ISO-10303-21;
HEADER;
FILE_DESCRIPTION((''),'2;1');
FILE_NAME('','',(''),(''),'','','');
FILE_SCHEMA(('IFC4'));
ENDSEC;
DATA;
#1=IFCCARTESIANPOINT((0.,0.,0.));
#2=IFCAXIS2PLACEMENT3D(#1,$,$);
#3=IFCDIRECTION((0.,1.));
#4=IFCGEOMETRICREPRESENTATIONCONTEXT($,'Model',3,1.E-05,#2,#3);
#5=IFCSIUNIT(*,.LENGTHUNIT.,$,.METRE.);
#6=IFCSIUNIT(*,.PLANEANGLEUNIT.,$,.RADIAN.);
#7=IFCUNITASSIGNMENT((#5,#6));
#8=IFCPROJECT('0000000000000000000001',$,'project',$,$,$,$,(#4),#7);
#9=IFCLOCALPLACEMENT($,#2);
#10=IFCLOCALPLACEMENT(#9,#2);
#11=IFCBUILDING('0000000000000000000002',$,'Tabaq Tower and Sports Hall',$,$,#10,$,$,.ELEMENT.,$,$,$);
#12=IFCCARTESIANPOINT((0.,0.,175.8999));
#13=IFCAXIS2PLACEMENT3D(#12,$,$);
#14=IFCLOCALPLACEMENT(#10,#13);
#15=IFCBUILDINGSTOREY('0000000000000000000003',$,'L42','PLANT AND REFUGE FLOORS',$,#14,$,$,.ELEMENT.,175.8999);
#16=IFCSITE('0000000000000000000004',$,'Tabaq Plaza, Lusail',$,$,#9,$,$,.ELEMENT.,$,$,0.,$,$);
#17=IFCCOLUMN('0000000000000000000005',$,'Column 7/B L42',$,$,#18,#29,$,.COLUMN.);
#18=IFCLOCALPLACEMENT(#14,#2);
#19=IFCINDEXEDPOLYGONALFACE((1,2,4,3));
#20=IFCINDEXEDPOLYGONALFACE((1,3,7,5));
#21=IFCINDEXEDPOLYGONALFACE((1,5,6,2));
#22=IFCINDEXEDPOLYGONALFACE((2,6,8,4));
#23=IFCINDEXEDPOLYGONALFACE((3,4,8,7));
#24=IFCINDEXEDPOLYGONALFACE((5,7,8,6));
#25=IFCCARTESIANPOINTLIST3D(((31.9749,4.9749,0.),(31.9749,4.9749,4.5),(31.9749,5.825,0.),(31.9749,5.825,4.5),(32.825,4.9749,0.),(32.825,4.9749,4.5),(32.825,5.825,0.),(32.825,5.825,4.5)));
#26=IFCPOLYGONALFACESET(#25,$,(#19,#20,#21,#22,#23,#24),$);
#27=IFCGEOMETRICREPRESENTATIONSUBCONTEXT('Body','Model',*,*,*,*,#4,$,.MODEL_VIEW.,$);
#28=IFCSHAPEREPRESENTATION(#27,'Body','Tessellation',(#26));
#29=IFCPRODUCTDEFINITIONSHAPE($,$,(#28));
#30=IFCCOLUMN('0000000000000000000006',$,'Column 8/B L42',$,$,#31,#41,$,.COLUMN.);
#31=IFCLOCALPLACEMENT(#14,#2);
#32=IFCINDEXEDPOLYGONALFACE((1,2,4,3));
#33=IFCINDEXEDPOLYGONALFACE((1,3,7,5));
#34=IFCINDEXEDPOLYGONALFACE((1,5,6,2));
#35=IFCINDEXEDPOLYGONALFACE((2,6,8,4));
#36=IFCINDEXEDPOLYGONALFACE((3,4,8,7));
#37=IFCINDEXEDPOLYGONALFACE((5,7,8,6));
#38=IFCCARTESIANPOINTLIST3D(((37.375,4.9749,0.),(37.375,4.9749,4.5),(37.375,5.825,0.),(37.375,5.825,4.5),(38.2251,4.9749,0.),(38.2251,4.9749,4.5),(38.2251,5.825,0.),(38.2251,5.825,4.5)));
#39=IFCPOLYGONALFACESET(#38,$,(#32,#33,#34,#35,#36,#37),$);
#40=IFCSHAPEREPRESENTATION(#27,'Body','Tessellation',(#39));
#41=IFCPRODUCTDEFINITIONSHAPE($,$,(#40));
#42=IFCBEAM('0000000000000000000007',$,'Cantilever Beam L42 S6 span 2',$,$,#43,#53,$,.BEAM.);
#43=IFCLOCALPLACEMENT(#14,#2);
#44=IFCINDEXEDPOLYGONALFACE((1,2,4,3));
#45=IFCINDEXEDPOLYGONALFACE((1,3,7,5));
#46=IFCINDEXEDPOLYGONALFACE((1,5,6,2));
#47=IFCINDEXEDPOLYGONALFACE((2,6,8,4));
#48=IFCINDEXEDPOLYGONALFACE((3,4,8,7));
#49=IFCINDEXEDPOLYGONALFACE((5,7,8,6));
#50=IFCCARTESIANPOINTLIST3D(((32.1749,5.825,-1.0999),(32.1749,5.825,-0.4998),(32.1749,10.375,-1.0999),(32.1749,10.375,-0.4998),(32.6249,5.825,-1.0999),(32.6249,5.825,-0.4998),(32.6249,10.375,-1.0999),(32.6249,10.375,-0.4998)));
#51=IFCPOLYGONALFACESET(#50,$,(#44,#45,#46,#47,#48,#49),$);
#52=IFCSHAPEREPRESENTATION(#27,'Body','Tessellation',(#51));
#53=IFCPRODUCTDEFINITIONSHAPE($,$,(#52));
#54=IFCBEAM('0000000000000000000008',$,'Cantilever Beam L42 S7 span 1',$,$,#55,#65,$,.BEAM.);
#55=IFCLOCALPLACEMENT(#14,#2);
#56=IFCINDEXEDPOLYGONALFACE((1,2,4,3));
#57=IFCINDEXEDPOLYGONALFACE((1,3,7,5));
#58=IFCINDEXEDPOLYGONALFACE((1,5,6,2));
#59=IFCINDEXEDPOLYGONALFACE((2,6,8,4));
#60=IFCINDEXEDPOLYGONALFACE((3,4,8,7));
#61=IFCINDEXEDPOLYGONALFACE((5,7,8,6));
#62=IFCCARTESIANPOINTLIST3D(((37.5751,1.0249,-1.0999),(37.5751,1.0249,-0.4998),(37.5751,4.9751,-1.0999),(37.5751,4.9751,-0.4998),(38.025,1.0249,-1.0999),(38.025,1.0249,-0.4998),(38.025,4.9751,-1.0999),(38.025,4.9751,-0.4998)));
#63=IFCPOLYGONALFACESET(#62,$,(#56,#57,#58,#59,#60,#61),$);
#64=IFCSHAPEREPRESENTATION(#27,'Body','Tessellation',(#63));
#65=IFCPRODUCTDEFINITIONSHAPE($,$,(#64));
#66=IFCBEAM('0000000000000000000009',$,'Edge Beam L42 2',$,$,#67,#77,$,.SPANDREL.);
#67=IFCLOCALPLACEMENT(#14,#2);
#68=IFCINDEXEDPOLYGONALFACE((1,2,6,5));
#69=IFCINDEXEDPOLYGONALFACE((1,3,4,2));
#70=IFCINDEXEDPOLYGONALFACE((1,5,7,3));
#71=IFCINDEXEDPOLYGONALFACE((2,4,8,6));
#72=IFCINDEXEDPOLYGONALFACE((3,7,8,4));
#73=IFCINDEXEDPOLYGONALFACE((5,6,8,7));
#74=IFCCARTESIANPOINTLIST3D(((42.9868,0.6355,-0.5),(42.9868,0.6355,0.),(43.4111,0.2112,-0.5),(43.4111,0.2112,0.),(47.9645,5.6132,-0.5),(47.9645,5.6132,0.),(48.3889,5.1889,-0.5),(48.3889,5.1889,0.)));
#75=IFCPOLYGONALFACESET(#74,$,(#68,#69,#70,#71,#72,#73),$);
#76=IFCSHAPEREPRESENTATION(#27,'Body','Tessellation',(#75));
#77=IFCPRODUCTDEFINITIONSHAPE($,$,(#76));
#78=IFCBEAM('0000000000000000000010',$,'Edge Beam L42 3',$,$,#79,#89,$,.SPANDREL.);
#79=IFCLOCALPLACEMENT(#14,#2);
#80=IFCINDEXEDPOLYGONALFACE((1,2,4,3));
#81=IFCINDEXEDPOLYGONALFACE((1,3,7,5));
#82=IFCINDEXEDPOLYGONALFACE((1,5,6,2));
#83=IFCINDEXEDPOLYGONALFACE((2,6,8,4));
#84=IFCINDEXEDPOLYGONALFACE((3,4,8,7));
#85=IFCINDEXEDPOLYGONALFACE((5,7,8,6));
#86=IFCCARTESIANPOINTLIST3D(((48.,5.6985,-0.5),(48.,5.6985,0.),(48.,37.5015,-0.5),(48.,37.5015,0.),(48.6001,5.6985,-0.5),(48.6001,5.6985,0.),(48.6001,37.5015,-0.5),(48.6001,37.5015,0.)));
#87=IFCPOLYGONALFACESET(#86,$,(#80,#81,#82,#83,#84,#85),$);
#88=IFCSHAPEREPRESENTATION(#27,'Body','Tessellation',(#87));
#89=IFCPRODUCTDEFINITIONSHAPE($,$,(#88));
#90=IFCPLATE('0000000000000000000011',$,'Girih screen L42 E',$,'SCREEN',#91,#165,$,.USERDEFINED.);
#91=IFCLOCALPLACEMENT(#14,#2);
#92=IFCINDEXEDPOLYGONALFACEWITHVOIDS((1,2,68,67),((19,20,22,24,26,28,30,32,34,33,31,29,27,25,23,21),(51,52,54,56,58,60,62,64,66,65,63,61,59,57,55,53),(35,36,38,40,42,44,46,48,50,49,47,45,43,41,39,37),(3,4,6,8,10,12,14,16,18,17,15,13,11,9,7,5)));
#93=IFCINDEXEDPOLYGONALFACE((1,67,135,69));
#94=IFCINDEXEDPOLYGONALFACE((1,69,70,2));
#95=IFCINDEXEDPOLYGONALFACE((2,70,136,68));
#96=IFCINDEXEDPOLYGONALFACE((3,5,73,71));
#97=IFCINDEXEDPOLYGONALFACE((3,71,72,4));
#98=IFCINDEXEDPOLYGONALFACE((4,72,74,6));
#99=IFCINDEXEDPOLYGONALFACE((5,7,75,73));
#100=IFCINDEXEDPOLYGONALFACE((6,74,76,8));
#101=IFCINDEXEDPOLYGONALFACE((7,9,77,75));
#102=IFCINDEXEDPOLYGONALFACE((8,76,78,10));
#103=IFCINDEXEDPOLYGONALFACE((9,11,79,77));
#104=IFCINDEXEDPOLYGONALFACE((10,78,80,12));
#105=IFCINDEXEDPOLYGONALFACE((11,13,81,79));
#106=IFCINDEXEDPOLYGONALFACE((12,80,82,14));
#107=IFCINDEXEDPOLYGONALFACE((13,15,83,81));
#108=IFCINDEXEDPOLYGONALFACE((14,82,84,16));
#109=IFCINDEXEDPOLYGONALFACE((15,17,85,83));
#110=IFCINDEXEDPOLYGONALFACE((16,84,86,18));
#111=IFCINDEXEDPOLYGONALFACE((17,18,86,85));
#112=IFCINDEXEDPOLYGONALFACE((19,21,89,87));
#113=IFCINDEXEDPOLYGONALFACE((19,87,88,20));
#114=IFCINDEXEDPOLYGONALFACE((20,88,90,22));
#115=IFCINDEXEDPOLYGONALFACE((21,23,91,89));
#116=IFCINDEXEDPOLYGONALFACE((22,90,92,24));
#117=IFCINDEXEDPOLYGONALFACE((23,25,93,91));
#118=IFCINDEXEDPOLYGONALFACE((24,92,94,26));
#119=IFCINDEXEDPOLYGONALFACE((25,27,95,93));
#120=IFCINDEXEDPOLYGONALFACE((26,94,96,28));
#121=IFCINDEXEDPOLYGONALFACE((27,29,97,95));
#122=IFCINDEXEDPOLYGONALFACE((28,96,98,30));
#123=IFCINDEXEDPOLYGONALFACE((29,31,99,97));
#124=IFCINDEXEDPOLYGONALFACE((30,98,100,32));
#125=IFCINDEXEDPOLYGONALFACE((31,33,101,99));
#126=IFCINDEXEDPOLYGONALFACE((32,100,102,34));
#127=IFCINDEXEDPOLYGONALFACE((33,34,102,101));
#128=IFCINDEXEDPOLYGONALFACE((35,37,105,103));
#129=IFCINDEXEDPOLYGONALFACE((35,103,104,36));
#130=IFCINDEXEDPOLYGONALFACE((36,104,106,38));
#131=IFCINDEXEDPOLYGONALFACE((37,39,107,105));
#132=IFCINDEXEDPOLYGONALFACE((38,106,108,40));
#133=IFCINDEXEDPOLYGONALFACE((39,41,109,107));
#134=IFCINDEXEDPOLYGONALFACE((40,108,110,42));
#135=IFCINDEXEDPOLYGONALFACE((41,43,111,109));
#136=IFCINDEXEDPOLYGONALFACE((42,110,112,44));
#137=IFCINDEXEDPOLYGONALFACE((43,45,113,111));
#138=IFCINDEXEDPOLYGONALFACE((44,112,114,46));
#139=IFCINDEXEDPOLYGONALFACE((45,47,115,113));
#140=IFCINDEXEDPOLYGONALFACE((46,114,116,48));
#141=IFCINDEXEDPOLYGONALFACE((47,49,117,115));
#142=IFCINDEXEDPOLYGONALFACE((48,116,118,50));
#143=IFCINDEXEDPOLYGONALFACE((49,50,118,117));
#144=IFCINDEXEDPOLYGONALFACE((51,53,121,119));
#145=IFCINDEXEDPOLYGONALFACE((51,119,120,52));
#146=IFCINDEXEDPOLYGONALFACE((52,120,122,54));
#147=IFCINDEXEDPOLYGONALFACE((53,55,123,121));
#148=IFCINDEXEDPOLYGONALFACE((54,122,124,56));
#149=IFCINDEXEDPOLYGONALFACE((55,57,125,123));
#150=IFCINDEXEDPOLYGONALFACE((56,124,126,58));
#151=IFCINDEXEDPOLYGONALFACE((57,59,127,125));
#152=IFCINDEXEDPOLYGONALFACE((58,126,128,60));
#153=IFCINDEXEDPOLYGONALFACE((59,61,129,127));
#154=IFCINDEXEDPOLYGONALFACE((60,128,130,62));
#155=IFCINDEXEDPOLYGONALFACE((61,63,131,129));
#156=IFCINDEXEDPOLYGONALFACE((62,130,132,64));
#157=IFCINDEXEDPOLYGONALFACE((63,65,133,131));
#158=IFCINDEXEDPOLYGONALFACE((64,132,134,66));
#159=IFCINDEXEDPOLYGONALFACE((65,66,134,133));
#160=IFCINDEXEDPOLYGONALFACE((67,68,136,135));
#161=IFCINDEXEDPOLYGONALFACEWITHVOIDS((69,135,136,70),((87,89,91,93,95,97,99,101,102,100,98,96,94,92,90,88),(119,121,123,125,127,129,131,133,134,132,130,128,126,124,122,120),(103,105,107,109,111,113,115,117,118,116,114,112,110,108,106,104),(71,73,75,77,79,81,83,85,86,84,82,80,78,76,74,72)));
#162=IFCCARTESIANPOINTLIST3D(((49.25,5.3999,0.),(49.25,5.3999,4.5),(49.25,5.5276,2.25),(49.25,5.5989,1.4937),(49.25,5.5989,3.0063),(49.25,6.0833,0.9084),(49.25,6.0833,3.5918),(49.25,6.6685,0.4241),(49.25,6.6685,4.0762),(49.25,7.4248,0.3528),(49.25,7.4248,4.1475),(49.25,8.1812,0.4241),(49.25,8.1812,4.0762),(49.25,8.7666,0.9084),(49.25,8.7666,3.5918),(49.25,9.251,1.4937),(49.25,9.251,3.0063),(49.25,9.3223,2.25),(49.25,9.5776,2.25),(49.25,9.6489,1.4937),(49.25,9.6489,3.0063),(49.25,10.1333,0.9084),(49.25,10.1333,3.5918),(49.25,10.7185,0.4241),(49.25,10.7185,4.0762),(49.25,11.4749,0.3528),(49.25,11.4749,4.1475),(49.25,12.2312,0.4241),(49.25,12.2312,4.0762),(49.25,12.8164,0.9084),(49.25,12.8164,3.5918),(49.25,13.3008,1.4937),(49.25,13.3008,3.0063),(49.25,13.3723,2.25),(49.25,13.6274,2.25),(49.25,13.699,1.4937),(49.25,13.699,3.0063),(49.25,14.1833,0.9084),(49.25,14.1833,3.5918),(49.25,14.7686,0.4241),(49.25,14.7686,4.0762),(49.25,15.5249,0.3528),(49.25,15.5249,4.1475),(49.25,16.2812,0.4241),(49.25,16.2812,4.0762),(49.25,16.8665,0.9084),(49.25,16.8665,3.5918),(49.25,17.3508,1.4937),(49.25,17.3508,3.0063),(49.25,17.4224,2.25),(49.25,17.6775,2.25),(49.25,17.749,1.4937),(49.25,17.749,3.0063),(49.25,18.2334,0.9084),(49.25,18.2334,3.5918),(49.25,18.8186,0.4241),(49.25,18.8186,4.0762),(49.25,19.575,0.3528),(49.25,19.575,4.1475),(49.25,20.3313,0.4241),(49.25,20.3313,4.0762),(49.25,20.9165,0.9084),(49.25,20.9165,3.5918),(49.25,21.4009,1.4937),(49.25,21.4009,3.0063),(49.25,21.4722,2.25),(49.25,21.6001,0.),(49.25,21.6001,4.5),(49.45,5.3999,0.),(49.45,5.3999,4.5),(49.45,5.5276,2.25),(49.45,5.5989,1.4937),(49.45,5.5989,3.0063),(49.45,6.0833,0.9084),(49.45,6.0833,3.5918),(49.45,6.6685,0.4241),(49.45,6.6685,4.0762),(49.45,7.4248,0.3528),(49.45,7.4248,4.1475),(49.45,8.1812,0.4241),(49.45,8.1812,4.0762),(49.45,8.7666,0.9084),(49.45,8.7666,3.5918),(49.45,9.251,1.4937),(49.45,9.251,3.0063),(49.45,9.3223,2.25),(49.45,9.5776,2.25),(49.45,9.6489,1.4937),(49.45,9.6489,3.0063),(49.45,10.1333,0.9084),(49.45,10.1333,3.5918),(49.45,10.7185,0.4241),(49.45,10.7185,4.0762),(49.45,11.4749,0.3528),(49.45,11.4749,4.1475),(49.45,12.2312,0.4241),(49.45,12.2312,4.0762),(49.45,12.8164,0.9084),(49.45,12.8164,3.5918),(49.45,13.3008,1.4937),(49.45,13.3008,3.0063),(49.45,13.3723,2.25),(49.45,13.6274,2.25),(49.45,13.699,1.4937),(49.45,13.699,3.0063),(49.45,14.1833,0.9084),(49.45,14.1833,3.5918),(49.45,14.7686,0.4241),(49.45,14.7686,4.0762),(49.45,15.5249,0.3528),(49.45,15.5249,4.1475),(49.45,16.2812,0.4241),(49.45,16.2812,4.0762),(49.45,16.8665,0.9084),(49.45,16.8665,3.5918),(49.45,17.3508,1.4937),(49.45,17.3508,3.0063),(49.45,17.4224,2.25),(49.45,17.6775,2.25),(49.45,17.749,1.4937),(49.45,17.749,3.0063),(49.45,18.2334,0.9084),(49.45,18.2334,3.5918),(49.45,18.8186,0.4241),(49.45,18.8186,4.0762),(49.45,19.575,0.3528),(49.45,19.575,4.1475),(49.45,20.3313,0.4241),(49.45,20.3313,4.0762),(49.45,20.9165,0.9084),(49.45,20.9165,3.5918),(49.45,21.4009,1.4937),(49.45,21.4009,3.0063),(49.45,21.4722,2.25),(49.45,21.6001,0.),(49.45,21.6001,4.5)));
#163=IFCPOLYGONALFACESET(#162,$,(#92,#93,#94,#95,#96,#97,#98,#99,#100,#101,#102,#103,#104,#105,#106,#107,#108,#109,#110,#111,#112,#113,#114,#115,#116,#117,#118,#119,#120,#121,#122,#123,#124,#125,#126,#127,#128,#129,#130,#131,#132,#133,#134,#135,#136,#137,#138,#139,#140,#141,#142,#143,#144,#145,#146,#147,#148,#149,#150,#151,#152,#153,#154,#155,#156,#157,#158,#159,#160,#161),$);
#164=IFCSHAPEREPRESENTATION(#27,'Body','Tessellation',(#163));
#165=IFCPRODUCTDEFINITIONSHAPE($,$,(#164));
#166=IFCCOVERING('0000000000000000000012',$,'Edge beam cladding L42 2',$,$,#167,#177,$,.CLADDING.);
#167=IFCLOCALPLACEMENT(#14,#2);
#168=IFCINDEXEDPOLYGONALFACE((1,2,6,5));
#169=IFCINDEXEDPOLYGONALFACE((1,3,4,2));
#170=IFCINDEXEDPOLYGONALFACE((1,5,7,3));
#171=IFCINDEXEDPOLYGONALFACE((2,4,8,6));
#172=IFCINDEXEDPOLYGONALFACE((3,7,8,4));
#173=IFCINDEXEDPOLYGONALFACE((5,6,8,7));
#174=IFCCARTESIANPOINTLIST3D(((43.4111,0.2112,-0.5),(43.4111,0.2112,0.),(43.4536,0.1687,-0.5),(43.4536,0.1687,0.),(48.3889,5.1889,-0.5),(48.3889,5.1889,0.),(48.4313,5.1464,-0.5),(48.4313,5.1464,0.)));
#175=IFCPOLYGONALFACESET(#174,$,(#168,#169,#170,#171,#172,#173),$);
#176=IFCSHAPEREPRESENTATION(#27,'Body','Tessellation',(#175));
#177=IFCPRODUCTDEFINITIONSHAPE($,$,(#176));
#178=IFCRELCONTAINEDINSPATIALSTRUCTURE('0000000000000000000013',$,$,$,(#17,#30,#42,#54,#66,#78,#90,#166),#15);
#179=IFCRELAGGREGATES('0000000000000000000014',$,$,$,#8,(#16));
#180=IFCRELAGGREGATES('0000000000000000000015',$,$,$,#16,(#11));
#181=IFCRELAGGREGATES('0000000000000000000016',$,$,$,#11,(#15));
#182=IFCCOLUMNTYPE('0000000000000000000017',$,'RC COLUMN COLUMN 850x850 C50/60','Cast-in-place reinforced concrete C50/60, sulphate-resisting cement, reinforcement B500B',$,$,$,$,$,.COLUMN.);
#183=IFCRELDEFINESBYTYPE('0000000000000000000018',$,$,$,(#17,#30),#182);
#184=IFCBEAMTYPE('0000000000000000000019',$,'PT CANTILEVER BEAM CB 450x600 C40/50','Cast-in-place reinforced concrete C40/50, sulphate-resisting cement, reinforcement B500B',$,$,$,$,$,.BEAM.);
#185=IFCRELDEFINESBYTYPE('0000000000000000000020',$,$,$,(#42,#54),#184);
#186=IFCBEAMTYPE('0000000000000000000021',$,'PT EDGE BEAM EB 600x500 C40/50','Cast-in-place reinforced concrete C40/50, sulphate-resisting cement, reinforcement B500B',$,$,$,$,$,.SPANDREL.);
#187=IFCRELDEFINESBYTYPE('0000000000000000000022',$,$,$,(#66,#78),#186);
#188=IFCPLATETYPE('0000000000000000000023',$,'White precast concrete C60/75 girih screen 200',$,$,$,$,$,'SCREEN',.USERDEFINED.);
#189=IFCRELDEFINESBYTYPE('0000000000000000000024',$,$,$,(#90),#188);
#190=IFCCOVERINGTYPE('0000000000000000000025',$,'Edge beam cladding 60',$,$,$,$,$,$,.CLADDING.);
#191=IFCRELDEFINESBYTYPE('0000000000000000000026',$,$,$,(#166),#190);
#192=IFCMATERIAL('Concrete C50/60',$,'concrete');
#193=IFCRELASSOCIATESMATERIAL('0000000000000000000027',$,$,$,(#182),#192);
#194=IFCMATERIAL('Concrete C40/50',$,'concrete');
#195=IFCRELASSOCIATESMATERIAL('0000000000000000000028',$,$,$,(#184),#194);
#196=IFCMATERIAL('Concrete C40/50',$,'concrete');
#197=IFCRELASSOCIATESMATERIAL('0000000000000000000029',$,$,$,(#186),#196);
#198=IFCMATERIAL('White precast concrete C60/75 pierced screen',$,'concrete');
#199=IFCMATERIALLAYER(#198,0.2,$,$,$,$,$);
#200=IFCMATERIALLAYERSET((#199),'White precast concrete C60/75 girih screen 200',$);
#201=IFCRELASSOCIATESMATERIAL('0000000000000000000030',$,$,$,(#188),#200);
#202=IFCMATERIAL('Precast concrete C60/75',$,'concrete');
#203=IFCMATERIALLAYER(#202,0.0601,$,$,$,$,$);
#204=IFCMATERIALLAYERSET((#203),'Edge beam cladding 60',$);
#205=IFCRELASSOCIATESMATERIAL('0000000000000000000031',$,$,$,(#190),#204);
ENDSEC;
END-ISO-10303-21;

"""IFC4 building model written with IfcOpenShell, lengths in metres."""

from ifc_helpers import new_model, si_unit, direction, frame, frame_2d, origin, origin_2d, place, context, subcontext, project, spatial, polyline, rectangle, outline, extrude, material, layer, layer_set, material_profile, profile_set, type_object, element, save


model = new_model("IFC4")

# Units and contexts
model_context = context("Model", 3, precision=1e-05, world=origin(), true_north=direction((0.0, 1.0)))
body_context = subcontext(model_context, "Body", "Model", "MODEL_VIEW")
ifc_project = project(units=[si_unit("LENGTHUNIT", "METRE"), si_unit("PLANEANGLEUNIT", "RADIAN")], contexts=[model_context])

# Site, building, storey
site_placement = place(None, origin())
site = spatial("IfcSite", under=ifc_project, at=site_placement, Name="Tabaq Plaza, Lusail", CompositionType="ELEMENT", RefElevation=0.0)
building_placement = place(site_placement, origin())
building = spatial("IfcBuilding", under=site, at=building_placement, Name="Tabaq Tower and Sports Hall", CompositionType="ELEMENT")
storey_placement = place(building_placement, frame((0.0, 0.0, 175.8999)))
storey = spatial("IfcBuildingStorey", under=building, at=storey_placement, Name="L42", Description="PLANT AND REFUGE FLOORS", CompositionType="ELEMENT", Elevation=175.8999)

# Columns
ifc_material_1 = material(Name="Concrete C50/60", Category="concrete")
ifc_material_profile_1 = material_profile(ifc_material_1, rectangle(XDim=0.8501, YDim=0.8501, at=origin_2d()), Name="COLUMN 850x850")
ifc_profile_set_1 = profile_set([ifc_material_profile_1], Name="Concrete C50/60")
column_type = type_object("IfcColumnType", Name="RC COLUMN COLUMN 850x850 C50/60", Description="Cast-in-place reinforced concrete C50/60, sulphate-resisting cement, reinforcement B500B", PredefinedType="COLUMN", material=ifc_profile_set_1)
for number, where, z_axis, x_axis, name in (
    (1, (32.3999, 5.3999, 0.0), (0.0, 0.0, 1.0), (1.0, 0.0, 0.0), "Column 7/B L42"),
    (2, (37.8, 5.3999, 0.0), (0.0, 0.0, 1.0), (1.0, 0.0, 0.0), "Column 8/B L42"),
):
    element("IfcColumn", number, at=place(storey_placement, frame(where, z_axis=z_axis, x_axis=x_axis)), inside=storey, type_object=column_type, Name=name, PredefinedType="COLUMN", context=body_context, shape_type="SweptSolid", body=[
        extrude(rectangle(XDim=0.8501, YDim=0.8501, at=origin_2d()), origin(), (0.0, 0.0, 1.0), 4.5),
    ])

# Beams
ifc_material_2 = material(Name="Concrete C40/50", Category="concrete")
ifc_material_profile_2 = material_profile(ifc_material_2, rectangle(XDim=0.45, YDim=0.6001, at=origin_2d()), Name="CB 450x600")
ifc_profile_set_2 = profile_set([ifc_material_profile_2], Name="Concrete C40/50")
beam_type_1 = type_object("IfcBeamType", Name="PT CANTILEVER BEAM CB 450x600 C40/50", Description="Cast-in-place reinforced concrete C40/50, sulphate-resisting cement, reinforcement B500B", PredefinedType="BEAM", material=ifc_profile_set_2)
beam_1_placement = place(storey_placement, frame((32.3999, 5.825, -0.7998), z_axis=(0.0, 1.0, 0.0), x_axis=(-1.0, 0.0, 0.0)))
element("IfcBeam", 3, at=beam_1_placement, inside=storey, type_object=beam_type_1, Name="Cantilever Beam L42 S6 span 2", PredefinedType="BEAM", context=body_context, shape_type="SweptSolid", body=[
    extrude(rectangle(XDim=0.45, YDim=0.6001, at=origin_2d()), origin(), (0.0, 0.0, 1.0), 4.55),
])
beam_2_placement = place(storey_placement, frame((37.8, 1.0249, -0.7998), z_axis=(0.0, 1.0, 0.0), x_axis=(-1.0, 0.0, 0.0)))
element("IfcBeam", 4, at=beam_2_placement, inside=storey, type_object=beam_type_1, Name="Cantilever Beam L42 S7 span 1", PredefinedType="BEAM", context=body_context, shape_type="SweptSolid", body=[
    extrude(rectangle(XDim=0.45, YDim=0.6001, at=origin_2d()), origin(), (0.0, 0.0, 1.0), 3.9502),
])
ifc_material_3 = material(Name="Concrete C40/50", Category="concrete")
ifc_material_profile_3 = material_profile(ifc_material_3, rectangle(XDim=0.6001, YDim=0.5, at=origin_2d()), Name="EB 600x500")
ifc_profile_set_3 = profile_set([ifc_material_profile_3], Name="Concrete C40/50")
beam_type_2 = type_object("IfcBeamType", Name="PT EDGE BEAM EB 600x500 C40/50", Description="Cast-in-place reinforced concrete C40/50, sulphate-resisting cement, reinforcement B500B", PredefinedType="SPANDREL", material=ifc_profile_set_3)
beam_3_placement = place(storey_placement, frame((43.199, 0.4233, -0.25), z_axis=(0.707107, 0.707107, 0.0), x_axis=(-0.707107, 0.707107, 0.0)))
element("IfcBeam", 5, at=beam_3_placement, inside=storey, type_object=beam_type_2, Name="Edge Beam L42 2", PredefinedType="SPANDREL", context=body_context, shape_type="SweptSolid", body=[
    extrude(rectangle(XDim=0.6001, YDim=0.5, at=origin_2d()), origin(), (0.0, 0.0, 1.0), 7.0396),
])
beam_4_placement = place(storey_placement, frame((48.3, 5.6985, -0.25), z_axis=(0.0, 1.0, 0.0), x_axis=(-1.0, 0.0, 0.0)))
element("IfcBeam", 6, at=beam_4_placement, inside=storey, type_object=beam_type_2, Name="Edge Beam L42 3", PredefinedType="SPANDREL", context=body_context, shape_type="SweptSolid", body=[
    extrude(rectangle(XDim=0.6001, YDim=0.5, at=origin_2d()), origin(), (0.0, 0.0, 1.0), 31.803),
])

# Plate
ifc_material_4 = material(Name="White precast concrete C60/75 pierced screen", Category="concrete")
ifc_layer_1 = layer(ifc_material_4, 0.2)
ifc_layer_set_1 = layer_set([ifc_layer_1], Name="White precast concrete C60/75 girih screen 200")
plate_type_1 = type_object("IfcPlateType", Name="White precast concrete C60/75 girih screen 200", ElementType="SCREEN", PredefinedType="USERDEFINED", material=ifc_layer_set_1)
plate_1_placement = place(storey_placement, frame((49.3501, 5.3999, 0.0), z_axis=(0.0, 0.0, 1.0), x_axis=(0.0, 1.0, 0.0)))
element("IfcPlate", 7, at=plate_1_placement, inside=storey, type_object=plate_type_1, Name="Girih screen L42 E", ObjectType="SCREEN", PredefinedType="USERDEFINED", context=body_context, shape_type="SweptSolid", body=[
    extrude(outline(polyline([(0.0, 0.0), (16.2002, 0.0), (16.2002, 4.5), (0.0, 4.5), (0.0, 0.0)]), holes=[polyline([(3.8511, 3.0063), (3.3667, 3.5918), (2.7812, 4.0762), (2.0249, 4.1475), (1.2686, 4.0762), (0.6833, 3.5918), (0.199, 3.0063), (0.1277, 2.25), (0.199, 1.4937), (0.6833, 0.9084), (1.2686, 0.4241), (2.0249, 0.3528), (2.7812, 0.4241), (3.3667, 0.9084), (3.8511, 1.4937), (3.9224, 2.25), (3.8511, 3.0063)]), polyline([(7.9009, 3.0063), (7.4165, 3.5918), (6.8313, 4.0762), (6.075, 4.1475), (5.3186, 4.0762), (4.7334, 3.5918), (4.249, 3.0063), (4.1777, 2.25), (4.249, 1.4937), (4.7334, 0.9084), (5.3186, 0.4241), (6.075, 0.3528), (6.8313, 0.4241), (7.4165, 0.9084), (7.9009, 1.4937), (7.9724, 2.25), (7.9009, 3.0063)]), polyline([(11.9509, 3.0063), (11.4666, 3.5918), (10.8813, 4.0762), (10.125, 4.1475), (9.3687, 4.0762), (8.7834, 3.5918), (8.2991, 3.0063), (8.2275, 2.25), (8.2991, 1.4937), (8.7834, 0.9084), (9.3687, 0.4241), (10.125, 0.3528), (10.8813, 0.4241), (11.4666, 0.9084), (11.9509, 1.4937), (12.0225, 2.25), (11.9509, 3.0063)]), polyline([(16.001, 3.0063), (15.5166, 3.5918), (14.9314, 4.0762), (14.175, 4.1475), (13.4187, 4.0762), (12.8335, 3.5918), (12.3491, 3.0063), (12.2776, 2.25), (12.3491, 1.4937), (12.8335, 0.9084), (13.4187, 0.4241), (14.175, 0.3528), (14.9314, 0.4241), (15.5166, 0.9084), (16.001, 1.4937), (16.0723, 2.25), (16.001, 3.0063)])]), frame((0.0, 0.1001, 0.0), z_axis=(0.0, -1.0, 0.0), x_axis=(1.0, 0.0, 0.0)), (0.0, 0.0, 1.0), 0.2),
])

# Covering
ifc_material_5 = material(Name="Precast concrete C60/75", Category="concrete")
ifc_layer_2 = layer(ifc_material_5, 0.0601)
ifc_layer_set_2 = layer_set([ifc_layer_2], Name="Edge beam cladding 60")
covering_type_1 = type_object("IfcCoveringType", Name="Edge beam cladding 60", PredefinedType="CLADDING", material=ifc_layer_set_2)
covering_1_placement = place(storey_placement, frame((43.4324, 0.1899, -0.5), z_axis=(0.0, 0.0, 1.0), x_axis=(0.707107, 0.707107, 0.0)))
element("IfcCovering", 8, at=covering_1_placement, inside=storey, type_object=covering_type_1, Name="Edge beam cladding L42 2", PredefinedType="CLADDING", context=body_context, shape_type="SweptSolid", body=[
    extrude(rectangle(XDim=7.0396, YDim=0.0601, at=frame_2d((3.5198, 0.0))), origin(), (0.0, 0.0, 1.0), 0.5),
])

save(model, "model.ifc")
